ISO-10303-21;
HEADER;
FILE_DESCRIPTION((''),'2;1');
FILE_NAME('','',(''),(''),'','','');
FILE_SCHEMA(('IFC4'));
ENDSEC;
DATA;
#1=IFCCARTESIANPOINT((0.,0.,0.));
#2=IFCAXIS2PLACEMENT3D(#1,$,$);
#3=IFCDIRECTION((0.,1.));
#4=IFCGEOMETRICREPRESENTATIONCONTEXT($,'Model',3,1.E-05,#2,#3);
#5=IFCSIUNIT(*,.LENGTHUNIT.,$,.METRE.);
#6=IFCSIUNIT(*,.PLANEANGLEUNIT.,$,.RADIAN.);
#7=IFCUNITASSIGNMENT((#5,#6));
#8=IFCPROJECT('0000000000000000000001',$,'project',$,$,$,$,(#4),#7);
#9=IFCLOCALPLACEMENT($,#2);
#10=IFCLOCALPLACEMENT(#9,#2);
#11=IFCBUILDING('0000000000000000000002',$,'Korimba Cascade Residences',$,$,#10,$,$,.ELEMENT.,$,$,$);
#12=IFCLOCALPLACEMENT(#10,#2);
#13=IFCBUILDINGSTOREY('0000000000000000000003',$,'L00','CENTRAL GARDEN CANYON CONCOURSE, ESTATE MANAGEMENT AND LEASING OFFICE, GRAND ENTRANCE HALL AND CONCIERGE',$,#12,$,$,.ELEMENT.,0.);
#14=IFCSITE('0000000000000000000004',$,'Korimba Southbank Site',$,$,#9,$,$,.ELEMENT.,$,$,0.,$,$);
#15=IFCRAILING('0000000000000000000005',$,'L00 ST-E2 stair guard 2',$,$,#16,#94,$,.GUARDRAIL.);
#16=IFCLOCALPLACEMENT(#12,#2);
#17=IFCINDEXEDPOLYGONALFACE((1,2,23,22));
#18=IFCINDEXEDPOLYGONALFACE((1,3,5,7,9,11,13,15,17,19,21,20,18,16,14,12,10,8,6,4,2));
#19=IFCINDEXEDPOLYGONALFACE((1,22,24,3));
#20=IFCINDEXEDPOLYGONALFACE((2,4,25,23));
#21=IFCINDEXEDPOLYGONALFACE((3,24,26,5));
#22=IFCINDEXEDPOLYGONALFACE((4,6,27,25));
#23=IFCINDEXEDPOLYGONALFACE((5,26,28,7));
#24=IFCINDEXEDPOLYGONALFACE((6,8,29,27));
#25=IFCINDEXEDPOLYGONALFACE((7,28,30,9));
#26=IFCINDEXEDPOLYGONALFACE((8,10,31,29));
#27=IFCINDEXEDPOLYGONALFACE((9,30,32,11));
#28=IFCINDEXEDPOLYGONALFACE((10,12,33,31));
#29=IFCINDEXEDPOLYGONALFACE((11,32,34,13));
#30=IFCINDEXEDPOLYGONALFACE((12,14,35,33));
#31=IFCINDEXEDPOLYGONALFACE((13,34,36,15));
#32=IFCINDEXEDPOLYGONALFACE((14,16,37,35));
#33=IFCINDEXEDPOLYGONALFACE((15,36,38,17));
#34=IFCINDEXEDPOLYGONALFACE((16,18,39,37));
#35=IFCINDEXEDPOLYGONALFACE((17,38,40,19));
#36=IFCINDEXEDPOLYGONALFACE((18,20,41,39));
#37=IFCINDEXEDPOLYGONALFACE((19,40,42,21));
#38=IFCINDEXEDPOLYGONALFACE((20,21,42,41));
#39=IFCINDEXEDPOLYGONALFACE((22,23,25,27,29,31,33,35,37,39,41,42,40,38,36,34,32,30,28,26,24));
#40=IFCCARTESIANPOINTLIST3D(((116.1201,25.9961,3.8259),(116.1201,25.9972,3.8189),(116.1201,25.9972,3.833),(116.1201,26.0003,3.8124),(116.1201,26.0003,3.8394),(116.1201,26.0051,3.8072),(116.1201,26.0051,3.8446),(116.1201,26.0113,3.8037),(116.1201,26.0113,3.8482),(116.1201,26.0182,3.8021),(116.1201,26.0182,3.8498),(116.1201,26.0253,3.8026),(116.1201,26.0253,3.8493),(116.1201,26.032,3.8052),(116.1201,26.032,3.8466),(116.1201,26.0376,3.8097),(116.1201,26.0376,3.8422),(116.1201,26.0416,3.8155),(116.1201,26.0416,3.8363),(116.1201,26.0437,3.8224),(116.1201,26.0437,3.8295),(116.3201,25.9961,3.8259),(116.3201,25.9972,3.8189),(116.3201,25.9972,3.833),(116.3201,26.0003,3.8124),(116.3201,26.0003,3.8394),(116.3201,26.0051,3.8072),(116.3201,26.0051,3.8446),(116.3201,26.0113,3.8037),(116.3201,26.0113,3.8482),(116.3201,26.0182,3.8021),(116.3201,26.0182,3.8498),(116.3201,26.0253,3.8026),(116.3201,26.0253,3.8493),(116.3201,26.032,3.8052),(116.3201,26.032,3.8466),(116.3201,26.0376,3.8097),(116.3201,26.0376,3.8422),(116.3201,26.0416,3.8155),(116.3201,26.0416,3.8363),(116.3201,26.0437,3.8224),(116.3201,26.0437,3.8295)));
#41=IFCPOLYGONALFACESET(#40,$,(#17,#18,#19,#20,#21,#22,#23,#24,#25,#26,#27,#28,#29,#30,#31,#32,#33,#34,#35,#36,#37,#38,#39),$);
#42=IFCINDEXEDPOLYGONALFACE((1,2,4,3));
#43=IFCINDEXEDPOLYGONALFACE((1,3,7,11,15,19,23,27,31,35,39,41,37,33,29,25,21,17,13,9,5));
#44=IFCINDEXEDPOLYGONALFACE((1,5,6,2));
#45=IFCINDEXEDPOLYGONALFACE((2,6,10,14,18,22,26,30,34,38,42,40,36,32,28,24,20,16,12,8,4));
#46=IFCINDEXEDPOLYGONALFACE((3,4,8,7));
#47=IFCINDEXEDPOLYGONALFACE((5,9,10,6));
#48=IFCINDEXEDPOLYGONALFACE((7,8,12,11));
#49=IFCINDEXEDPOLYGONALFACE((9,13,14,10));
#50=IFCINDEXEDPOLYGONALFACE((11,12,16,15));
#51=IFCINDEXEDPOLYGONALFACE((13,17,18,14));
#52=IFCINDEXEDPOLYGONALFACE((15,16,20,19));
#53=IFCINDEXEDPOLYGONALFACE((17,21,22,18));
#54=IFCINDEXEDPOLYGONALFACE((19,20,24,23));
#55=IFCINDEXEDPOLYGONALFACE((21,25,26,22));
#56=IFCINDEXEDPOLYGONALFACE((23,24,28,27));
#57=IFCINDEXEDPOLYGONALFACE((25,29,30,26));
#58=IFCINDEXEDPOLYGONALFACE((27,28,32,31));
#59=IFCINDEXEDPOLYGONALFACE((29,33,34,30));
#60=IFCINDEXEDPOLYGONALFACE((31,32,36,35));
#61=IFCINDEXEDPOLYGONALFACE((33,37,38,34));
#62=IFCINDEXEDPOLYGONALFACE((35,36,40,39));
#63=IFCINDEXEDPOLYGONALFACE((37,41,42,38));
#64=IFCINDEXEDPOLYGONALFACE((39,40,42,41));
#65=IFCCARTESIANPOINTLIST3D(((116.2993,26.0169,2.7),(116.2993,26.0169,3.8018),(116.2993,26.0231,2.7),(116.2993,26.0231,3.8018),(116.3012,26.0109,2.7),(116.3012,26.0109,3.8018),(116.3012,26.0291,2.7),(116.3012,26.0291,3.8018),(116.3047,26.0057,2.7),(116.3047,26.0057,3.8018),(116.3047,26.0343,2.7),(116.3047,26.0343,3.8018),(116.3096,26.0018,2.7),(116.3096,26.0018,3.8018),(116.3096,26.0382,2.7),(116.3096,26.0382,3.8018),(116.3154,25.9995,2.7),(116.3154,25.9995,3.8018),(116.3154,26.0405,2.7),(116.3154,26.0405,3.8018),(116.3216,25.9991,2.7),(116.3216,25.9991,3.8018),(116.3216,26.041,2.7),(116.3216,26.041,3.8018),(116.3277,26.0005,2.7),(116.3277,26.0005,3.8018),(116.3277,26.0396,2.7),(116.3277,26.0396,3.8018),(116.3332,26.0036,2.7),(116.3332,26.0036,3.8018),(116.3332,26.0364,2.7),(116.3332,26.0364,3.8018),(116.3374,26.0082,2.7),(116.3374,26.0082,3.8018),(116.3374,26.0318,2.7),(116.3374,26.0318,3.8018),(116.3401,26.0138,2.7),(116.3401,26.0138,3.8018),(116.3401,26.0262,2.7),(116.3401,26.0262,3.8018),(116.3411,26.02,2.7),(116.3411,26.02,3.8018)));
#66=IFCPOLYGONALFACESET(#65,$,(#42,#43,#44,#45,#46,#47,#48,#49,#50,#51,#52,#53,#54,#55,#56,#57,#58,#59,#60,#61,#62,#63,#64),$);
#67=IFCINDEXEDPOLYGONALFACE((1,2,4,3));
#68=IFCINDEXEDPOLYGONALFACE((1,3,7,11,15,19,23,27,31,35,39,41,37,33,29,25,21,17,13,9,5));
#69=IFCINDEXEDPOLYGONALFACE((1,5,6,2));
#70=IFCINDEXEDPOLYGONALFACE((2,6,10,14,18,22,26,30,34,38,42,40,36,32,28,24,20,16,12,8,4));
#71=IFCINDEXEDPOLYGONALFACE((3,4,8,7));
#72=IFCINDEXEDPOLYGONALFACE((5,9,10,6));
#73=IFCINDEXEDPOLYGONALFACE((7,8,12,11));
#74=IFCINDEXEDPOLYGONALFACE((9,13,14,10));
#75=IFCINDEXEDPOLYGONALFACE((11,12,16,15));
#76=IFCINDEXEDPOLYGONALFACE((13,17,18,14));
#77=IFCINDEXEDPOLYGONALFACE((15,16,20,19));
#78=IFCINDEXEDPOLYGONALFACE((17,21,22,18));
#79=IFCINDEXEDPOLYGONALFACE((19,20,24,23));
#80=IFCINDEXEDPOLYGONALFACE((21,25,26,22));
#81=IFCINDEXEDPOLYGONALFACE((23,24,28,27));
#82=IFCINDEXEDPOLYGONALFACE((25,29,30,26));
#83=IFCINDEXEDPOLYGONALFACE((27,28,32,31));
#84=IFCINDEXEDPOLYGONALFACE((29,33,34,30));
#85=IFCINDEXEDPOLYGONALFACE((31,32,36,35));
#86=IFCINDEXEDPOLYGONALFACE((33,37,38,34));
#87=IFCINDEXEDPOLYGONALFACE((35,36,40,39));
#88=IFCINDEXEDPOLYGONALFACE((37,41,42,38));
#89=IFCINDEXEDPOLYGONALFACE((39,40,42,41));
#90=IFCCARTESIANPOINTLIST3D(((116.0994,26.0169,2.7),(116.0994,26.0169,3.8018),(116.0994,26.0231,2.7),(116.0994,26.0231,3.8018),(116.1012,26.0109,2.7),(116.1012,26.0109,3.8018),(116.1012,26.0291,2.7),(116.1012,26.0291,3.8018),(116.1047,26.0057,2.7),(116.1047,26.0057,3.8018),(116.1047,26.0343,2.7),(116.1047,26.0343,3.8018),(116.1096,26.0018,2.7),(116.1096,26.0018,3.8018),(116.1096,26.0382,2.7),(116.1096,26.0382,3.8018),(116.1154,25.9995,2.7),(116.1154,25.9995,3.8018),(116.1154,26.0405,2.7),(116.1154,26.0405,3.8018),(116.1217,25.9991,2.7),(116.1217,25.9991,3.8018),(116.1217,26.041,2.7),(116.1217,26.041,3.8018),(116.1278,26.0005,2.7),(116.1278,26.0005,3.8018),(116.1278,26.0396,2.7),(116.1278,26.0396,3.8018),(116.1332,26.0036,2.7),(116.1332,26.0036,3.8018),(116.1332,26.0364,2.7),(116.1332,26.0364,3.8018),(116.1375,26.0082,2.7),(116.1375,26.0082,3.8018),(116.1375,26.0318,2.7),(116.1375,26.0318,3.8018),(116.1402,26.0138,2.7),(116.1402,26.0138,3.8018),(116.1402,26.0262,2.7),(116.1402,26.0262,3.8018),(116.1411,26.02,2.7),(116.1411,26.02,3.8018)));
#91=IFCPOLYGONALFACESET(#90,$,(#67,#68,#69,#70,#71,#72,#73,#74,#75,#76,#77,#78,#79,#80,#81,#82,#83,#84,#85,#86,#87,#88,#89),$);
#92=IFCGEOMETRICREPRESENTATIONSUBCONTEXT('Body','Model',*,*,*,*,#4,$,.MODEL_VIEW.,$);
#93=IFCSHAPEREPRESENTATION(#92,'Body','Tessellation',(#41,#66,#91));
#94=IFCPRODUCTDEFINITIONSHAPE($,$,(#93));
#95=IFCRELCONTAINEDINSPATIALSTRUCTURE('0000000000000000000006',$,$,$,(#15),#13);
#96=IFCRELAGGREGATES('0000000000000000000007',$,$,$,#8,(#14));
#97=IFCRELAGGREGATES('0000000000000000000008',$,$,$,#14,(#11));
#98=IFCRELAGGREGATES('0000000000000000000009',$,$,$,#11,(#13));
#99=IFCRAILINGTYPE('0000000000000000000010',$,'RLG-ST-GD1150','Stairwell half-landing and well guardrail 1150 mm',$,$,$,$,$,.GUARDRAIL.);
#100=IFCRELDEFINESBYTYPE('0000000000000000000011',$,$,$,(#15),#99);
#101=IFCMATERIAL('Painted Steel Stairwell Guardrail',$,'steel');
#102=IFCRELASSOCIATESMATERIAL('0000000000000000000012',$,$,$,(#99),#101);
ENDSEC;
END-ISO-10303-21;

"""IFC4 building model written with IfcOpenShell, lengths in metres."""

from ifc_helpers import new_model, si_unit, direction, frame, origin, origin_2d, place, context, subcontext, project, spatial, circle, extrude, material, type_object, element, save


model = new_model("IFC4")

# Units and contexts
model_context = context("Model", 3, precision=1e-05, world=origin(), true_north=direction((0.0, 1.0)))
body_context = subcontext(model_context, "Body", "Model", "MODEL_VIEW")
ifc_project = project(units=[si_unit("LENGTHUNIT", "METRE"), si_unit("PLANEANGLEUNIT", "RADIAN")], contexts=[model_context])

# Site, building, storey
site_placement = place(None, origin())
site = spatial("IfcSite", under=ifc_project, at=site_placement, Name="Korimba Southbank Site", CompositionType="ELEMENT", RefElevation=0.0)
building_placement = place(site_placement, origin())
building = spatial("IfcBuilding", under=site, at=building_placement, Name="Korimba Cascade Residences", CompositionType="ELEMENT")
storey_placement = place(building_placement, origin())
storey = spatial("IfcBuildingStorey", under=building, at=storey_placement, Name="L00", Description="CENTRAL GARDEN CANYON CONCOURSE, ESTATE MANAGEMENT AND LEASING OFFICE, GRAND ENTRANCE HALL AND CONCIERGE", CompositionType="ELEMENT", Elevation=0.0)

# Railing
ifc_material_1 = material(Name="Painted Steel Stairwell Guardrail", Category="steel")
railing_type_1 = type_object("IfcRailingType", Name="RLG-ST-GD1150", Description="Stairwell half-landing and well guardrail 1150 mm", PredefinedType="GUARDRAIL", material=ifc_material_1)
railing_1_placement = place(storey_placement, frame((116.3201, 26.02, 2.7)))
element("IfcRailing", 1, at=railing_1_placement, inside=storey, type_object=railing_type_1, Name="L00 ST-E2 stair guard 2", PredefinedType="GUARDRAIL", context=body_context, shape_type="SweptSolid", body=[
    extrude(circle(Radius=0.0239, at=origin_2d()), frame((0.0, 0.0, 1.126), z_axis=(-1.0, 0.0, 0.0), x_axis=(0.0, -1.0, 0.0)), (0.0, 0.0, 1.0), 0.2),
    extrude(circle(Radius=0.021, at=origin_2d()), origin(), (0.0, 0.0, 1.0), 1.1018),
    extrude(circle(Radius=0.021, at=origin_2d()), frame((-0.2, 0.0, 0.0)), (0.0, 0.0, 1.0), 1.1018),
])

save(model, "model.ifc")
